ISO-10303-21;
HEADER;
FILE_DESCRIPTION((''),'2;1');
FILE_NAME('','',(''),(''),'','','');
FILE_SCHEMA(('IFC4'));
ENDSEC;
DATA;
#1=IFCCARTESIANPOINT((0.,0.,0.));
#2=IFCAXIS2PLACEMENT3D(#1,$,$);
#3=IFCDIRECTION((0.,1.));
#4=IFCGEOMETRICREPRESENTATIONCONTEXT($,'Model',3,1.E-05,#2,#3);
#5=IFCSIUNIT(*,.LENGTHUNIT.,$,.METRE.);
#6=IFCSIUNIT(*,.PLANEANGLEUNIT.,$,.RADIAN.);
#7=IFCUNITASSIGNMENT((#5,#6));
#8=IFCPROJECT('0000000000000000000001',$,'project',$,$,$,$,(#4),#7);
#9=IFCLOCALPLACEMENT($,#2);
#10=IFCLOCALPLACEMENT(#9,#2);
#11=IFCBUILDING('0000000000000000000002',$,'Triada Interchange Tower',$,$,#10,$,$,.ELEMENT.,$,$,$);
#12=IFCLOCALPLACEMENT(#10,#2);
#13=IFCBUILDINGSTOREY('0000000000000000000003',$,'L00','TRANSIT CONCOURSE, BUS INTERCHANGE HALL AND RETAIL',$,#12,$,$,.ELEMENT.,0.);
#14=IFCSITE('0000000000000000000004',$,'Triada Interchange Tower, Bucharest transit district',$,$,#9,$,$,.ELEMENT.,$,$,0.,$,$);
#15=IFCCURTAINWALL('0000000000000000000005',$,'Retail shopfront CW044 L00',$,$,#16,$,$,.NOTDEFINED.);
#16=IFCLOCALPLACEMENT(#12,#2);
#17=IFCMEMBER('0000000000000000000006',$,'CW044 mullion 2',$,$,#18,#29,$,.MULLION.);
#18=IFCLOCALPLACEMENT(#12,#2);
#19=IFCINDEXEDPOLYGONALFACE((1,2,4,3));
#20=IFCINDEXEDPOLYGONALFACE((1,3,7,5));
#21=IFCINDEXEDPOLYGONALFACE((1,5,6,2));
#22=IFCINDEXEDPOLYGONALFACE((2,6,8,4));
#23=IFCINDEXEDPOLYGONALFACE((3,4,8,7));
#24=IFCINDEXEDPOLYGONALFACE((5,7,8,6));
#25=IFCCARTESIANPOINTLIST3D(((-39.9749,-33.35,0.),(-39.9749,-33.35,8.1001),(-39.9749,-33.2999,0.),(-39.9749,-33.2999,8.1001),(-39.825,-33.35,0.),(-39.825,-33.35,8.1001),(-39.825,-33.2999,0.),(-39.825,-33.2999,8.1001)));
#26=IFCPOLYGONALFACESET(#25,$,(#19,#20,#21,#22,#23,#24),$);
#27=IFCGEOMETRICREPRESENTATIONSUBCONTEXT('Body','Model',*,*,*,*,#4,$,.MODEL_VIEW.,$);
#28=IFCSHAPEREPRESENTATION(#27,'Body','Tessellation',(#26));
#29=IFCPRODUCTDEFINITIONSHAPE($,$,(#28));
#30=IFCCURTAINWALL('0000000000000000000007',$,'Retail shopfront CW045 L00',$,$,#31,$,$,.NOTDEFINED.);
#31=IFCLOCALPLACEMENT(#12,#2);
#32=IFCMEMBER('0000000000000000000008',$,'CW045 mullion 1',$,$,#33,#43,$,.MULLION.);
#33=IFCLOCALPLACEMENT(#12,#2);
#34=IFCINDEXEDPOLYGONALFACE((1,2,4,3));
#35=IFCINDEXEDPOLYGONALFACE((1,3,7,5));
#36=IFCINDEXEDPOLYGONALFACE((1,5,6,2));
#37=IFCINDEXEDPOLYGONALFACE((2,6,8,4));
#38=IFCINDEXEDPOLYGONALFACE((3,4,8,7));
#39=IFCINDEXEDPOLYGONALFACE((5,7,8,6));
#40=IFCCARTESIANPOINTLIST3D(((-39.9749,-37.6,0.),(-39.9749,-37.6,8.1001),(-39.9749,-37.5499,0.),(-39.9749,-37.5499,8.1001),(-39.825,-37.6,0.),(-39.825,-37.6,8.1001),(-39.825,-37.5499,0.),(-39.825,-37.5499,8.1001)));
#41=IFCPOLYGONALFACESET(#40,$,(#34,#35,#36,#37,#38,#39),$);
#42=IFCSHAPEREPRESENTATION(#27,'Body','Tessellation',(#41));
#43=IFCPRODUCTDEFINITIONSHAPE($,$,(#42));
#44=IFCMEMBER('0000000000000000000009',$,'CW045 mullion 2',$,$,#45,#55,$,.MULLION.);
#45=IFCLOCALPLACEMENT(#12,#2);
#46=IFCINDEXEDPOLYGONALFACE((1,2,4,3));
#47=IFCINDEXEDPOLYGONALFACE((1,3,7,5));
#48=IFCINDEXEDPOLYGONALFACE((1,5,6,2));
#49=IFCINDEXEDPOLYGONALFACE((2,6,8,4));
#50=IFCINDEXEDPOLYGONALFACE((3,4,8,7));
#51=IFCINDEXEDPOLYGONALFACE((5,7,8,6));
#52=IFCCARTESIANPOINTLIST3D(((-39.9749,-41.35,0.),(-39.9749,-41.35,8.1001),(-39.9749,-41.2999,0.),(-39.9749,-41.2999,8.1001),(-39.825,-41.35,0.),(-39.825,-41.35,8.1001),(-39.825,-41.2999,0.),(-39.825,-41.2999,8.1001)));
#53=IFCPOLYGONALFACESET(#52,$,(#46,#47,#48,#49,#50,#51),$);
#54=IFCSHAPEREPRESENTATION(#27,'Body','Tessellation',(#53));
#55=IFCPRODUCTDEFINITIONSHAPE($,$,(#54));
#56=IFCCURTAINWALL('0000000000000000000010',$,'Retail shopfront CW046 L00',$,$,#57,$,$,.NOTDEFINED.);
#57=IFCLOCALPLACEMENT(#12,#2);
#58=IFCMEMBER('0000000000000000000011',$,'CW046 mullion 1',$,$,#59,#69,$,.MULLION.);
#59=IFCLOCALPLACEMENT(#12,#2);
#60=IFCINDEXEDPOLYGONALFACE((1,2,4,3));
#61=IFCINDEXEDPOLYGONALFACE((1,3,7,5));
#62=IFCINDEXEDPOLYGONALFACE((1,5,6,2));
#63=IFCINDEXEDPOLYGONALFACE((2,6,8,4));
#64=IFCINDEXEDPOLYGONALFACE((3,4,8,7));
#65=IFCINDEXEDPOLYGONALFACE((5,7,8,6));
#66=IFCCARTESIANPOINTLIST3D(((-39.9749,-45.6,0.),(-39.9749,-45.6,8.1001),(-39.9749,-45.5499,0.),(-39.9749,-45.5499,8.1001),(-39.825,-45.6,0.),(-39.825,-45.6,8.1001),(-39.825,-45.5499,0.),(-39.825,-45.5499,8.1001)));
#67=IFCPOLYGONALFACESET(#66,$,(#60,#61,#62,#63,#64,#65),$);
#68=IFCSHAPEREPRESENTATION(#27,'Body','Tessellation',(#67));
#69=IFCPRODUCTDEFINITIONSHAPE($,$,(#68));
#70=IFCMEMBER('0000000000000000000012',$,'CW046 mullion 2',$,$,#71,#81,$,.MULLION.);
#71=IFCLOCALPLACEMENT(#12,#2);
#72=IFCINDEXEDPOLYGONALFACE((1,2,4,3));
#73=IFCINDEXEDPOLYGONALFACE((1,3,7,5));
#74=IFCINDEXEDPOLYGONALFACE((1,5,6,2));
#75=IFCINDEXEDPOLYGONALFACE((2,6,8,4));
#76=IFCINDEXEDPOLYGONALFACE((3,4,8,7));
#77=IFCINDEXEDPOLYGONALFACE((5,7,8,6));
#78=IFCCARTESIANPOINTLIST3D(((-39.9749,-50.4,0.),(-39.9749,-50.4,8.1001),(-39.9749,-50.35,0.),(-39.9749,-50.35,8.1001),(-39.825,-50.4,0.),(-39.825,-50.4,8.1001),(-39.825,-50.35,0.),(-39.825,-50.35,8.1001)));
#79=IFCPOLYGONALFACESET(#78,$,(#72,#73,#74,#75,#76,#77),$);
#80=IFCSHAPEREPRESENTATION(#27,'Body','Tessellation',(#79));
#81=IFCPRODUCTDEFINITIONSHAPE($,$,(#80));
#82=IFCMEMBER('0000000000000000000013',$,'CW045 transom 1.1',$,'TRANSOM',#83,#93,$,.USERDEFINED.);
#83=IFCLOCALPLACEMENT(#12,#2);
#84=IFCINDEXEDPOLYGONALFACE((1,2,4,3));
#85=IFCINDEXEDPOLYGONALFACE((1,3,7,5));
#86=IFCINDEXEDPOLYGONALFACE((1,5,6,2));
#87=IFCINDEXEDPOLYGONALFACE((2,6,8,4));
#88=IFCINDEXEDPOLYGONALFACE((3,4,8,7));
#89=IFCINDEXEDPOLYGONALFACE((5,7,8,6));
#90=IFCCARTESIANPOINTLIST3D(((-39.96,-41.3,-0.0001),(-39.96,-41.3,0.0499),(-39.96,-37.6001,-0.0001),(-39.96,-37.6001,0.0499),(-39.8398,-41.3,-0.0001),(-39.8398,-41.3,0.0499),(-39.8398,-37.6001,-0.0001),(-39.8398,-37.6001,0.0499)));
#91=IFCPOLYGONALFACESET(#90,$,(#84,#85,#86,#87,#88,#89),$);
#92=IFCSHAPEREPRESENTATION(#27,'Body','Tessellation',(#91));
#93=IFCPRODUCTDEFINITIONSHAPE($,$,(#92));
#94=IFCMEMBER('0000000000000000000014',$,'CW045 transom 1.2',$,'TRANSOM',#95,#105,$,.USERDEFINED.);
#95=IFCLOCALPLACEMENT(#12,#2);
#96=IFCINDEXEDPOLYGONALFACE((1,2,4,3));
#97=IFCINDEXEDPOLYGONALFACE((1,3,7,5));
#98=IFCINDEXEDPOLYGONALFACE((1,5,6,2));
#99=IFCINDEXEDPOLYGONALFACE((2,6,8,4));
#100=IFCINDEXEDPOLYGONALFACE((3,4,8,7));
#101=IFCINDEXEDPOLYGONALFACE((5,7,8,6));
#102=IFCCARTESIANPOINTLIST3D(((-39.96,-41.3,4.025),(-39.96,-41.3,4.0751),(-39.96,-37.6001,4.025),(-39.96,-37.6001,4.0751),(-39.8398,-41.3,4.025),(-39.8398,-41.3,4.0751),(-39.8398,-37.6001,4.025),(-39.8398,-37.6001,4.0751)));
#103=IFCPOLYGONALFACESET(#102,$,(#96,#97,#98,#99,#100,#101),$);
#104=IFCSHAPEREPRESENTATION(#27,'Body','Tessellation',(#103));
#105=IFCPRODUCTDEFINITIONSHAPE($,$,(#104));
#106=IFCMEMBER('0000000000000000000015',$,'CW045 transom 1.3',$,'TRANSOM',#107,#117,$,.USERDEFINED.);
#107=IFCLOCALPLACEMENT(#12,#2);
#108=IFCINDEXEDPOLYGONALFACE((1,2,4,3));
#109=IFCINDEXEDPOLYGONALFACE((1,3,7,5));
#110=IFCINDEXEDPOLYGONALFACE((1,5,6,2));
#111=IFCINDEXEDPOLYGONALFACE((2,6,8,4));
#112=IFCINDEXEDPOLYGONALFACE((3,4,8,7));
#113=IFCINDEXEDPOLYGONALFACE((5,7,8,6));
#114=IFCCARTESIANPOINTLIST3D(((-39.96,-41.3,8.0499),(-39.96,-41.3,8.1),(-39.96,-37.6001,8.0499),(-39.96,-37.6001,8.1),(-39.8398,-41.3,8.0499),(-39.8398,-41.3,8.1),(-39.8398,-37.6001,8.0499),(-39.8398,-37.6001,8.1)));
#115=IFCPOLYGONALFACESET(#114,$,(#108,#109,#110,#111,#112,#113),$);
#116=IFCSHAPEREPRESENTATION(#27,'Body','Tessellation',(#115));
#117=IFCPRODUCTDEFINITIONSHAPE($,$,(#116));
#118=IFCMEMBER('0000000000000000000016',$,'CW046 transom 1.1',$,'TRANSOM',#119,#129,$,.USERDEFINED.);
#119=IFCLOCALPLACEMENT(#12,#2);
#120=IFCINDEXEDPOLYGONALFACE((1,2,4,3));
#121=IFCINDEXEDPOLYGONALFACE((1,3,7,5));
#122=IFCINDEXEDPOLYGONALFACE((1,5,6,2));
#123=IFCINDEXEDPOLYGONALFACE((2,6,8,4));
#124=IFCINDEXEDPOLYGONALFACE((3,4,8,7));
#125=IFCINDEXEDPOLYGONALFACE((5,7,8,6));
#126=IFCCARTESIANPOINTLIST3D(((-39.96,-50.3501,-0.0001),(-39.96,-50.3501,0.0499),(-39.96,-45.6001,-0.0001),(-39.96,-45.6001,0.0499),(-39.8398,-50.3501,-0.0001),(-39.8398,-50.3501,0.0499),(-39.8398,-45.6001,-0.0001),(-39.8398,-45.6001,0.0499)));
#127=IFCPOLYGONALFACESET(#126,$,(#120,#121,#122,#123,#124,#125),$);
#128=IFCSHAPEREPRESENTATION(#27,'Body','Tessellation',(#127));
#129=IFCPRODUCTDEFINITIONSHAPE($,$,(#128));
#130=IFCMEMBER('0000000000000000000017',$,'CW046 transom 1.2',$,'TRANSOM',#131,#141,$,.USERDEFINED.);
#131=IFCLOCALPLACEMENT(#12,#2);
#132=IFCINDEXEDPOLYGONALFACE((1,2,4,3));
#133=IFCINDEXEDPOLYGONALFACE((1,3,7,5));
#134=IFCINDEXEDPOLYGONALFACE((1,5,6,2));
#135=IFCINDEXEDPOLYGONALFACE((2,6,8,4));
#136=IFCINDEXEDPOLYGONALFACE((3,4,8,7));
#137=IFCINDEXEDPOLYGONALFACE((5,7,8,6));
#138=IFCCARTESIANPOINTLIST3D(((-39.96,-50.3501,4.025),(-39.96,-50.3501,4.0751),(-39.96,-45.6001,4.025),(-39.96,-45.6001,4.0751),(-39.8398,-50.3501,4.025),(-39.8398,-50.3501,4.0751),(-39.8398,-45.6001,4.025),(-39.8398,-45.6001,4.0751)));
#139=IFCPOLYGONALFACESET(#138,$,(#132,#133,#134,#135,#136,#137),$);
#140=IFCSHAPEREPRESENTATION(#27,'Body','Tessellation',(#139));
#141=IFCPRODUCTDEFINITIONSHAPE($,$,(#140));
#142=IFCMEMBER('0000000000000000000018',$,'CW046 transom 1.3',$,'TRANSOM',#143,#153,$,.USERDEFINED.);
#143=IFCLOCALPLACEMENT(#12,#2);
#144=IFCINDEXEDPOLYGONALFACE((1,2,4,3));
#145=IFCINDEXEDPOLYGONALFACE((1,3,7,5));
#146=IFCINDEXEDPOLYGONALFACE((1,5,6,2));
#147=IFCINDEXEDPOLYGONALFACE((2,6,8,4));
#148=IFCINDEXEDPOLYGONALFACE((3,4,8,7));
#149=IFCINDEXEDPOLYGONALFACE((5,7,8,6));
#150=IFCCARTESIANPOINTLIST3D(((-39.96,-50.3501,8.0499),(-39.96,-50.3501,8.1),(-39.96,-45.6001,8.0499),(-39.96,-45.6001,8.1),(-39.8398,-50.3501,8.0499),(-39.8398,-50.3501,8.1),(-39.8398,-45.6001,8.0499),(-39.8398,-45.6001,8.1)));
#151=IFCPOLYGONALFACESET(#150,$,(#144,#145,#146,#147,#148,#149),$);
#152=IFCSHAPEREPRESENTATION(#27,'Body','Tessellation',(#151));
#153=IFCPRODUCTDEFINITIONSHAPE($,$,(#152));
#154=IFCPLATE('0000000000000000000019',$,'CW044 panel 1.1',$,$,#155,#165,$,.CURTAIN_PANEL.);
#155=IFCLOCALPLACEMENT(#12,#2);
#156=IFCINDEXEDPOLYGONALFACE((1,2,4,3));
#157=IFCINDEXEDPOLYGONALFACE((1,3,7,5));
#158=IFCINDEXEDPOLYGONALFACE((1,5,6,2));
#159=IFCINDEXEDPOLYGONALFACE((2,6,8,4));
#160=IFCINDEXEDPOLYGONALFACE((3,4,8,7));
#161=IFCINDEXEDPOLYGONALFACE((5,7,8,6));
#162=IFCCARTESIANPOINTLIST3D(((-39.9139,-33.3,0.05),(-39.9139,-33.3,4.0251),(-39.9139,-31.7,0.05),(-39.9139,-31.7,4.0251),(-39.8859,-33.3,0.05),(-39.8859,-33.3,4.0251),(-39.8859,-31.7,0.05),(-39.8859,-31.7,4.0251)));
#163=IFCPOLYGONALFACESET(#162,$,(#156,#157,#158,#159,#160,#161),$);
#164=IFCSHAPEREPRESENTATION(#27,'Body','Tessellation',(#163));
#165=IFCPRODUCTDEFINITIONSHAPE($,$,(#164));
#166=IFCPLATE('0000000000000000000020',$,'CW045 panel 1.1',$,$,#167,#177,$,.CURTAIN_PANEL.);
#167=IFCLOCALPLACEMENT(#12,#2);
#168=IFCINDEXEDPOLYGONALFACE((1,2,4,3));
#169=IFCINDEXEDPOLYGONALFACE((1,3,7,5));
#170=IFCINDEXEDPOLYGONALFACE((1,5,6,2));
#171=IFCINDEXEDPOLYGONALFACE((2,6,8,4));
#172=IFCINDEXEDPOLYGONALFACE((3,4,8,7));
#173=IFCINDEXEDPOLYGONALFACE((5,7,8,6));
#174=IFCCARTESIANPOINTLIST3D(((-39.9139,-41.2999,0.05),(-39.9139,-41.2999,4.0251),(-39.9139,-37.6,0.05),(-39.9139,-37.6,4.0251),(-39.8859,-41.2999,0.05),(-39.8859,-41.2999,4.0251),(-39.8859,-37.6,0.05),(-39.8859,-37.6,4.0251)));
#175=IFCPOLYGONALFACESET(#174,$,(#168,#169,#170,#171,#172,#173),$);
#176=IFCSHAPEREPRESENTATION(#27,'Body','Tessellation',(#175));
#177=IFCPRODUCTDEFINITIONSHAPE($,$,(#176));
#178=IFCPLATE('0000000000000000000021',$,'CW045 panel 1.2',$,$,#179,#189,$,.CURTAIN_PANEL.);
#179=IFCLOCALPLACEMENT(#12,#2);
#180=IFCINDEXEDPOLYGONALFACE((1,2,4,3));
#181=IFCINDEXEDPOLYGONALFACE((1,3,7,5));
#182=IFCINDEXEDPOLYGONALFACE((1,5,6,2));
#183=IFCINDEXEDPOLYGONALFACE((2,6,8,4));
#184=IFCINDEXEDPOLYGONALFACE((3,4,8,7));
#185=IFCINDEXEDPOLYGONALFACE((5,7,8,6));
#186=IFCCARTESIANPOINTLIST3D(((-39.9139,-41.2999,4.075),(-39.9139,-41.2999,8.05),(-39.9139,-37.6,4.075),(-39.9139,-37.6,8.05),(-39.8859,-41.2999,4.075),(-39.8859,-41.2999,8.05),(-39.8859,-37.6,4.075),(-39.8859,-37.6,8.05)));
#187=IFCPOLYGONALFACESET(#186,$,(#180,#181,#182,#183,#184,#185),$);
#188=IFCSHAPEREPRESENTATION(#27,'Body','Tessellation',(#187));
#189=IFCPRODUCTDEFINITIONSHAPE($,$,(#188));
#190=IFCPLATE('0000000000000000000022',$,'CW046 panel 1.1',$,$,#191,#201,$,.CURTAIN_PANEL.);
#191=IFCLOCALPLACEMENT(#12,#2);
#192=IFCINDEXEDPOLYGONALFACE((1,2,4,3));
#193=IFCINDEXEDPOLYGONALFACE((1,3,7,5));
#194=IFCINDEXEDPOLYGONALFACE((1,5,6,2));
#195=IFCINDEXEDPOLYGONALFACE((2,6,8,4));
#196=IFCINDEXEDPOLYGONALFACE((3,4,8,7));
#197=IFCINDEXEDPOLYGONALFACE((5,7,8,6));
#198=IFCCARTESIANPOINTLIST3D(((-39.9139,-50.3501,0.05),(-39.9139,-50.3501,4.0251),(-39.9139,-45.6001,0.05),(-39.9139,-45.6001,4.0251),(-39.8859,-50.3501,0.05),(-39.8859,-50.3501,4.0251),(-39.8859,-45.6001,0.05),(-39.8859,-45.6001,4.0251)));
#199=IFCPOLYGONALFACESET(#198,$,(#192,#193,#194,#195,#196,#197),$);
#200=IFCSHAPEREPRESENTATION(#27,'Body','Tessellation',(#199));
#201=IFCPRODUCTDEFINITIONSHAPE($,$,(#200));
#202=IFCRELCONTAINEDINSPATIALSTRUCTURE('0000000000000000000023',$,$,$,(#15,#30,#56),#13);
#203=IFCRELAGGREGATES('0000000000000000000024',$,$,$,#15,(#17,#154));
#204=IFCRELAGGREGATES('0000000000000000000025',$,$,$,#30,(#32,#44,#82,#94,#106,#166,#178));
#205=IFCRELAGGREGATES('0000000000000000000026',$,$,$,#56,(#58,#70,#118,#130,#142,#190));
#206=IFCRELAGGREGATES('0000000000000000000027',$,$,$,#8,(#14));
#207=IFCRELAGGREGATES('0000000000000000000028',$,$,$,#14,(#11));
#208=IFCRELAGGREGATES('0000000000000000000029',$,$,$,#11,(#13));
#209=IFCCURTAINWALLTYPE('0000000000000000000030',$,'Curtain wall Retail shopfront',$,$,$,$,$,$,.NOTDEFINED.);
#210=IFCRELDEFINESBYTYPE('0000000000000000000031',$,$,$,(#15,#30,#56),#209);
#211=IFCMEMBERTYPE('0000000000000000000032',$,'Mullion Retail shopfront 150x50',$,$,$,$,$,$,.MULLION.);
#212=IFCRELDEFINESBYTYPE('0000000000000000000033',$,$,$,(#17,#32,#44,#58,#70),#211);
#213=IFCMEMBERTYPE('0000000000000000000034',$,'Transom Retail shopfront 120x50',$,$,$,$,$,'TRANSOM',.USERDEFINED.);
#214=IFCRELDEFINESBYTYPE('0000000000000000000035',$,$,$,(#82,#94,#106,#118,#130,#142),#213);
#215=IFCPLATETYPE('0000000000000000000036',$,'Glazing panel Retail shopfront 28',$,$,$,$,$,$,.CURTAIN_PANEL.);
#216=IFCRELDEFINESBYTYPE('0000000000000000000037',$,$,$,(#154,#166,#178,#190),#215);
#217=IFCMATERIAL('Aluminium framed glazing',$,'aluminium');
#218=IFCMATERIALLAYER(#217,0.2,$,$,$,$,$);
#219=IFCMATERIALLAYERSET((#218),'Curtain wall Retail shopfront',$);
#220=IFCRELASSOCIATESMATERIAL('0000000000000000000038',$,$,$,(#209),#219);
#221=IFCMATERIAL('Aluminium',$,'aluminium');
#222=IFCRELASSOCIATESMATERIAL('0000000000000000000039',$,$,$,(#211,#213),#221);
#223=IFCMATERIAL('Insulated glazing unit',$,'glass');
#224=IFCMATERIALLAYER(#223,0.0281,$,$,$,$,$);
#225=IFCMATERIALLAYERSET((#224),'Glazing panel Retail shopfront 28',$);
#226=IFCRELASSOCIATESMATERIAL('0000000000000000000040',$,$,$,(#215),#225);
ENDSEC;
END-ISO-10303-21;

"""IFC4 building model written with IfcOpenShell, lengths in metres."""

from ifc_helpers import new_model, si_unit, direction, frame, origin, origin_2d, place, context, subcontext, project, spatial, rectangle, extrude, material, layer, layer_set, material_profile, profile_set, type_object, element, aggregate, save


model = new_model("IFC4")

# Units and contexts
model_context = context("Model", 3, precision=1e-05, world=origin(), true_north=direction((0.0, 1.0)))
body_context = subcontext(model_context, "Body", "Model", "MODEL_VIEW")
ifc_project = project(units=[si_unit("LENGTHUNIT", "METRE"), si_unit("PLANEANGLEUNIT", "RADIAN")], contexts=[model_context])

# Site, building, storey
site_placement = place(None, origin())
site = spatial("IfcSite", under=ifc_project, at=site_placement, Name="Triada Interchange Tower, Bucharest transit district", CompositionType="ELEMENT", RefElevation=0.0)
building_placement = place(site_placement, origin())
building = spatial("IfcBuilding", under=site, at=building_placement, Name="Triada Interchange Tower", CompositionType="ELEMENT")
storey_placement = place(building_placement, origin())
storey = spatial("IfcBuildingStorey", under=building, at=storey_placement, Name="L00", Description="TRANSIT CONCOURSE, BUS INTERCHANGE HALL AND RETAIL", CompositionType="ELEMENT", Elevation=0.0)

# Curtain wall, member
ifc_material_1 = material(Name="Aluminium framed glazing", Category="aluminium")
ifc_layer_1 = layer(ifc_material_1, 0.2)
ifc_layer_set_1 = layer_set([ifc_layer_1], Name="Curtain wall Retail shopfront")
curtain_wall_type = type_object("IfcCurtainWallType", Name="Curtain wall Retail shopfront", PredefinedType="NOTDEFINED", material=ifc_layer_set_1)
curtain_wall_1_placement = place(storey_placement, origin())
curtain_wall_1 = element("IfcCurtainWall", 1, at=curtain_wall_1_placement, inside=storey, type_object=curtain_wall_type, Name="Retail shopfront CW044 L00", PredefinedType="NOTDEFINED")
ifc_material_2 = material(Name="Aluminium", Category="aluminium")
ifc_material_profile_1 = material_profile(ifc_material_2, rectangle(XDim=0.1499, YDim=0.05, at=origin_2d()), Name="Aluminium mullion")
ifc_profile_set_1 = profile_set([ifc_material_profile_1], Name="Aluminium")
member_type_1 = type_object("IfcMemberType", Name="Mullion Retail shopfront 150x50", PredefinedType="MULLION", material=ifc_profile_set_1)
member_1_placement = place(storey_placement, frame((-39.8999, -33.325, 0.0), z_axis=(0.0, 0.0, 1.0), x_axis=(1.0, 0.0, 0.0)))
member_1 = element("IfcMember", 2, at=member_1_placement, type_object=member_type_1, Name="CW044 mullion 2", PredefinedType="MULLION", context=body_context, shape_type="SweptSolid", body=[
    extrude(rectangle(XDim=0.1499, YDim=0.05, at=origin_2d()), origin(), (0.0, 0.0, 1.0), 8.1001),
])

# Curtain walls, members
curtain_wall_2_placement = place(storey_placement, origin())
curtain_wall_2 = element("IfcCurtainWall", 3, at=curtain_wall_2_placement, inside=storey, type_object=curtain_wall_type, Name="Retail shopfront CW045 L00", PredefinedType="NOTDEFINED")
member_2_placement = place(storey_placement, frame((-39.8999, -37.575, 0.0), z_axis=(0.0, 0.0, 1.0), x_axis=(1.0, 0.0, 0.0)))
member_2 = element("IfcMember", 4, at=member_2_placement, type_object=member_type_1, Name="CW045 mullion 1", PredefinedType="MULLION", context=body_context, shape_type="SweptSolid", body=[
    extrude(rectangle(XDim=0.1499, YDim=0.05, at=origin_2d()), origin(), (0.0, 0.0, 1.0), 8.1001),
])
member_3_placement = place(storey_placement, frame((-39.8999, -41.325, 0.0), z_axis=(0.0, 0.0, 1.0), x_axis=(1.0, 0.0, 0.0)))
member_3 = element("IfcMember", 5, at=member_3_placement, type_object=member_type_1, Name="CW045 mullion 2", PredefinedType="MULLION", context=body_context, shape_type="SweptSolid", body=[
    extrude(rectangle(XDim=0.1499, YDim=0.05, at=origin_2d()), origin(), (0.0, 0.0, 1.0), 8.1001),
])
curtain_wall_3_placement = place(storey_placement, origin())
curtain_wall_3 = element("IfcCurtainWall", 6, at=curtain_wall_3_placement, inside=storey, type_object=curtain_wall_type, Name="Retail shopfront CW046 L00", PredefinedType="NOTDEFINED")
member_4_placement = place(storey_placement, frame((-39.8999, -45.575, 0.0), z_axis=(0.0, 0.0, 1.0), x_axis=(1.0, 0.0, 0.0)))
member_4 = element("IfcMember", 7, at=member_4_placement, type_object=member_type_1, Name="CW046 mullion 1", PredefinedType="MULLION", context=body_context, shape_type="SweptSolid", body=[
    extrude(rectangle(XDim=0.1499, YDim=0.05, at=origin_2d()), origin(), (0.0, 0.0, 1.0), 8.1001),
])
member_5_placement = place(storey_placement, frame((-39.8999, -50.375, 0.0), z_axis=(0.0, 0.0, 1.0), x_axis=(1.0, 0.0, 0.0)))
member_5 = element("IfcMember", 8, at=member_5_placement, type_object=member_type_1, Name="CW046 mullion 2", PredefinedType="MULLION", context=body_context, shape_type="SweptSolid", body=[
    extrude(rectangle(XDim=0.1499, YDim=0.05, at=origin_2d()), origin(), (0.0, 0.0, 1.0), 8.1001),
])

# Members
ifc_material_profile_2 = material_profile(ifc_material_2, rectangle(XDim=0.1201, YDim=0.05, at=origin_2d()), Name="Aluminium transom")
ifc_profile_set_2 = profile_set([ifc_material_profile_2], Name="Aluminium")
member_type_2 = type_object("IfcMemberType", Name="Transom Retail shopfront 120x50", ElementType="TRANSOM", PredefinedType="USERDEFINED", material=ifc_profile_set_2)
member_6_placement = place(storey_placement, frame((-39.8999, -37.6001, 0.0249), z_axis=(0.0, -1.0, 0.0), x_axis=(1.0, 0.0, 0.0)))
member_6 = element("IfcMember", 9, at=member_6_placement, type_object=member_type_2, Name="CW045 transom 1.1", ObjectType="TRANSOM", PredefinedType="USERDEFINED", context=body_context, shape_type="SweptSolid", body=[
    extrude(rectangle(XDim=0.1201, YDim=0.05, at=origin_2d()), origin(), (0.0, 0.0, 1.0), 3.7),
])
member_7_placement = place(storey_placement, frame((-39.8999, -37.6001, 4.05), z_axis=(0.0, -1.0, 0.0), x_axis=(1.0, 0.0, 0.0)))
member_7 = element("IfcMember", 10, at=member_7_placement, type_object=member_type_2, Name="CW045 transom 1.2", ObjectType="TRANSOM", PredefinedType="USERDEFINED", context=body_context, shape_type="SweptSolid", body=[
    extrude(rectangle(XDim=0.1201, YDim=0.05, at=origin_2d()), origin(), (0.0, 0.0, 1.0), 3.7),
])
member_8_placement = place(storey_placement, frame((-39.8999, -37.6001, 8.075), z_axis=(0.0, -1.0, 0.0), x_axis=(1.0, 0.0, 0.0)))
member_8 = element("IfcMember", 11, at=member_8_placement, type_object=member_type_2, Name="CW045 transom 1.3", ObjectType="TRANSOM", PredefinedType="USERDEFINED", context=body_context, shape_type="SweptSolid", body=[
    extrude(rectangle(XDim=0.1201, YDim=0.05, at=origin_2d()), origin(), (0.0, 0.0, 1.0), 3.7),
])
member_9_placement = place(storey_placement, frame((-39.8999, -45.6001, 0.0249), z_axis=(0.0, -1.0, 0.0), x_axis=(1.0, 0.0, 0.0)))
member_9 = element("IfcMember", 12, at=member_9_placement, type_object=member_type_2, Name="CW046 transom 1.1", ObjectType="TRANSOM", PredefinedType="USERDEFINED", context=body_context, shape_type="SweptSolid", body=[
    extrude(rectangle(XDim=0.1201, YDim=0.05, at=origin_2d()), origin(), (0.0, 0.0, 1.0), 4.75),
])
member_10_placement = place(storey_placement, frame((-39.8999, -45.6001, 4.05), z_axis=(0.0, -1.0, 0.0), x_axis=(1.0, 0.0, 0.0)))
member_10 = element("IfcMember", 13, at=member_10_placement, type_object=member_type_2, Name="CW046 transom 1.2", ObjectType="TRANSOM", PredefinedType="USERDEFINED", context=body_context, shape_type="SweptSolid", body=[
    extrude(rectangle(XDim=0.1201, YDim=0.05, at=origin_2d()), origin(), (0.0, 0.0, 1.0), 4.75),
])
member_11_placement = place(storey_placement, frame((-39.8999, -45.6001, 8.075), z_axis=(0.0, -1.0, 0.0), x_axis=(1.0, 0.0, 0.0)))
member_11 = element("IfcMember", 14, at=member_11_placement, type_object=member_type_2, Name="CW046 transom 1.3", ObjectType="TRANSOM", PredefinedType="USERDEFINED", context=body_context, shape_type="SweptSolid", body=[
    extrude(rectangle(XDim=0.1201, YDim=0.05, at=origin_2d()), origin(), (0.0, 0.0, 1.0), 4.75),
])

# Plates
ifc_material_3 = material(Name="Insulated glazing unit", Category="glass")
ifc_layer_2 = layer(ifc_material_3, 0.0281)
ifc_layer_set_2 = layer_set([ifc_layer_2], Name="Glazing panel Retail shopfront 28")
plate_type = type_object("IfcPlateType", Name="Glazing panel Retail shopfront 28", PredefinedType="CURTAIN_PANEL", material=ifc_layer_set_2)
plate_1_placement = place(storey_placement, frame((-39.8999, -32.5, 0.05), z_axis=(0.0, 0.0, 1.0), x_axis=(0.0, -1.0, 0.0)))
plate_1 = element("IfcPlate", 15, at=plate_1_placement, type_object=plate_type, Name="CW044 panel 1.1", PredefinedType="CURTAIN_PANEL", context=body_context, shape_type="SweptSolid", body=[
    extrude(rectangle(XDim=1.6001, YDim=0.0281, at=origin_2d()), origin(), (0.0, 0.0, 1.0), 3.9751),
])
aggregate(curtain_wall_1, [member_1, plate_1])
plate_2_placement = place(storey_placement, frame((-39.8999, -39.45, 0.05), z_axis=(0.0, 0.0, 1.0), x_axis=(0.0, -1.0, 0.0)))
plate_2 = element("IfcPlate", 16, at=plate_2_placement, type_object=plate_type, Name="CW045 panel 1.1", PredefinedType="CURTAIN_PANEL", context=body_context, shape_type="SweptSolid", body=[
    extrude(rectangle(XDim=3.7, YDim=0.0281, at=origin_2d()), origin(), (0.0, 0.0, 1.0), 3.9751),
])
plate_3_placement = place(storey_placement, frame((-39.8999, -39.45, 4.075), z_axis=(0.0, 0.0, 1.0), x_axis=(0.0, -1.0, 0.0)))
plate_3 = element("IfcPlate", 17, at=plate_3_placement, type_object=plate_type, Name="CW045 panel 1.2", PredefinedType="CURTAIN_PANEL", context=body_context, shape_type="SweptSolid", body=[
    extrude(rectangle(XDim=3.7, YDim=0.0281, at=origin_2d()), origin(), (0.0, 0.0, 1.0), 3.9751),
])
aggregate(curtain_wall_2, [member_2, member_3, member_6, member_7, member_8, plate_2, plate_3])
plate_4_placement = place(storey_placement, frame((-39.8999, -47.9751, 0.05), z_axis=(0.0, 0.0, 1.0), x_axis=(0.0, -1.0, 0.0)))
plate_4 = element("IfcPlate", 18, at=plate_4_placement, type_object=plate_type, Name="CW046 panel 1.1", PredefinedType="CURTAIN_PANEL", context=body_context, shape_type="SweptSolid", body=[
    extrude(rectangle(XDim=4.75, YDim=0.0281, at=origin_2d()), origin(), (0.0, 0.0, 1.0), 3.9751),
])
aggregate(curtain_wall_3, [member_4, member_5, member_9, member_10, member_11, plate_4])

save(model, "model.ifc")
